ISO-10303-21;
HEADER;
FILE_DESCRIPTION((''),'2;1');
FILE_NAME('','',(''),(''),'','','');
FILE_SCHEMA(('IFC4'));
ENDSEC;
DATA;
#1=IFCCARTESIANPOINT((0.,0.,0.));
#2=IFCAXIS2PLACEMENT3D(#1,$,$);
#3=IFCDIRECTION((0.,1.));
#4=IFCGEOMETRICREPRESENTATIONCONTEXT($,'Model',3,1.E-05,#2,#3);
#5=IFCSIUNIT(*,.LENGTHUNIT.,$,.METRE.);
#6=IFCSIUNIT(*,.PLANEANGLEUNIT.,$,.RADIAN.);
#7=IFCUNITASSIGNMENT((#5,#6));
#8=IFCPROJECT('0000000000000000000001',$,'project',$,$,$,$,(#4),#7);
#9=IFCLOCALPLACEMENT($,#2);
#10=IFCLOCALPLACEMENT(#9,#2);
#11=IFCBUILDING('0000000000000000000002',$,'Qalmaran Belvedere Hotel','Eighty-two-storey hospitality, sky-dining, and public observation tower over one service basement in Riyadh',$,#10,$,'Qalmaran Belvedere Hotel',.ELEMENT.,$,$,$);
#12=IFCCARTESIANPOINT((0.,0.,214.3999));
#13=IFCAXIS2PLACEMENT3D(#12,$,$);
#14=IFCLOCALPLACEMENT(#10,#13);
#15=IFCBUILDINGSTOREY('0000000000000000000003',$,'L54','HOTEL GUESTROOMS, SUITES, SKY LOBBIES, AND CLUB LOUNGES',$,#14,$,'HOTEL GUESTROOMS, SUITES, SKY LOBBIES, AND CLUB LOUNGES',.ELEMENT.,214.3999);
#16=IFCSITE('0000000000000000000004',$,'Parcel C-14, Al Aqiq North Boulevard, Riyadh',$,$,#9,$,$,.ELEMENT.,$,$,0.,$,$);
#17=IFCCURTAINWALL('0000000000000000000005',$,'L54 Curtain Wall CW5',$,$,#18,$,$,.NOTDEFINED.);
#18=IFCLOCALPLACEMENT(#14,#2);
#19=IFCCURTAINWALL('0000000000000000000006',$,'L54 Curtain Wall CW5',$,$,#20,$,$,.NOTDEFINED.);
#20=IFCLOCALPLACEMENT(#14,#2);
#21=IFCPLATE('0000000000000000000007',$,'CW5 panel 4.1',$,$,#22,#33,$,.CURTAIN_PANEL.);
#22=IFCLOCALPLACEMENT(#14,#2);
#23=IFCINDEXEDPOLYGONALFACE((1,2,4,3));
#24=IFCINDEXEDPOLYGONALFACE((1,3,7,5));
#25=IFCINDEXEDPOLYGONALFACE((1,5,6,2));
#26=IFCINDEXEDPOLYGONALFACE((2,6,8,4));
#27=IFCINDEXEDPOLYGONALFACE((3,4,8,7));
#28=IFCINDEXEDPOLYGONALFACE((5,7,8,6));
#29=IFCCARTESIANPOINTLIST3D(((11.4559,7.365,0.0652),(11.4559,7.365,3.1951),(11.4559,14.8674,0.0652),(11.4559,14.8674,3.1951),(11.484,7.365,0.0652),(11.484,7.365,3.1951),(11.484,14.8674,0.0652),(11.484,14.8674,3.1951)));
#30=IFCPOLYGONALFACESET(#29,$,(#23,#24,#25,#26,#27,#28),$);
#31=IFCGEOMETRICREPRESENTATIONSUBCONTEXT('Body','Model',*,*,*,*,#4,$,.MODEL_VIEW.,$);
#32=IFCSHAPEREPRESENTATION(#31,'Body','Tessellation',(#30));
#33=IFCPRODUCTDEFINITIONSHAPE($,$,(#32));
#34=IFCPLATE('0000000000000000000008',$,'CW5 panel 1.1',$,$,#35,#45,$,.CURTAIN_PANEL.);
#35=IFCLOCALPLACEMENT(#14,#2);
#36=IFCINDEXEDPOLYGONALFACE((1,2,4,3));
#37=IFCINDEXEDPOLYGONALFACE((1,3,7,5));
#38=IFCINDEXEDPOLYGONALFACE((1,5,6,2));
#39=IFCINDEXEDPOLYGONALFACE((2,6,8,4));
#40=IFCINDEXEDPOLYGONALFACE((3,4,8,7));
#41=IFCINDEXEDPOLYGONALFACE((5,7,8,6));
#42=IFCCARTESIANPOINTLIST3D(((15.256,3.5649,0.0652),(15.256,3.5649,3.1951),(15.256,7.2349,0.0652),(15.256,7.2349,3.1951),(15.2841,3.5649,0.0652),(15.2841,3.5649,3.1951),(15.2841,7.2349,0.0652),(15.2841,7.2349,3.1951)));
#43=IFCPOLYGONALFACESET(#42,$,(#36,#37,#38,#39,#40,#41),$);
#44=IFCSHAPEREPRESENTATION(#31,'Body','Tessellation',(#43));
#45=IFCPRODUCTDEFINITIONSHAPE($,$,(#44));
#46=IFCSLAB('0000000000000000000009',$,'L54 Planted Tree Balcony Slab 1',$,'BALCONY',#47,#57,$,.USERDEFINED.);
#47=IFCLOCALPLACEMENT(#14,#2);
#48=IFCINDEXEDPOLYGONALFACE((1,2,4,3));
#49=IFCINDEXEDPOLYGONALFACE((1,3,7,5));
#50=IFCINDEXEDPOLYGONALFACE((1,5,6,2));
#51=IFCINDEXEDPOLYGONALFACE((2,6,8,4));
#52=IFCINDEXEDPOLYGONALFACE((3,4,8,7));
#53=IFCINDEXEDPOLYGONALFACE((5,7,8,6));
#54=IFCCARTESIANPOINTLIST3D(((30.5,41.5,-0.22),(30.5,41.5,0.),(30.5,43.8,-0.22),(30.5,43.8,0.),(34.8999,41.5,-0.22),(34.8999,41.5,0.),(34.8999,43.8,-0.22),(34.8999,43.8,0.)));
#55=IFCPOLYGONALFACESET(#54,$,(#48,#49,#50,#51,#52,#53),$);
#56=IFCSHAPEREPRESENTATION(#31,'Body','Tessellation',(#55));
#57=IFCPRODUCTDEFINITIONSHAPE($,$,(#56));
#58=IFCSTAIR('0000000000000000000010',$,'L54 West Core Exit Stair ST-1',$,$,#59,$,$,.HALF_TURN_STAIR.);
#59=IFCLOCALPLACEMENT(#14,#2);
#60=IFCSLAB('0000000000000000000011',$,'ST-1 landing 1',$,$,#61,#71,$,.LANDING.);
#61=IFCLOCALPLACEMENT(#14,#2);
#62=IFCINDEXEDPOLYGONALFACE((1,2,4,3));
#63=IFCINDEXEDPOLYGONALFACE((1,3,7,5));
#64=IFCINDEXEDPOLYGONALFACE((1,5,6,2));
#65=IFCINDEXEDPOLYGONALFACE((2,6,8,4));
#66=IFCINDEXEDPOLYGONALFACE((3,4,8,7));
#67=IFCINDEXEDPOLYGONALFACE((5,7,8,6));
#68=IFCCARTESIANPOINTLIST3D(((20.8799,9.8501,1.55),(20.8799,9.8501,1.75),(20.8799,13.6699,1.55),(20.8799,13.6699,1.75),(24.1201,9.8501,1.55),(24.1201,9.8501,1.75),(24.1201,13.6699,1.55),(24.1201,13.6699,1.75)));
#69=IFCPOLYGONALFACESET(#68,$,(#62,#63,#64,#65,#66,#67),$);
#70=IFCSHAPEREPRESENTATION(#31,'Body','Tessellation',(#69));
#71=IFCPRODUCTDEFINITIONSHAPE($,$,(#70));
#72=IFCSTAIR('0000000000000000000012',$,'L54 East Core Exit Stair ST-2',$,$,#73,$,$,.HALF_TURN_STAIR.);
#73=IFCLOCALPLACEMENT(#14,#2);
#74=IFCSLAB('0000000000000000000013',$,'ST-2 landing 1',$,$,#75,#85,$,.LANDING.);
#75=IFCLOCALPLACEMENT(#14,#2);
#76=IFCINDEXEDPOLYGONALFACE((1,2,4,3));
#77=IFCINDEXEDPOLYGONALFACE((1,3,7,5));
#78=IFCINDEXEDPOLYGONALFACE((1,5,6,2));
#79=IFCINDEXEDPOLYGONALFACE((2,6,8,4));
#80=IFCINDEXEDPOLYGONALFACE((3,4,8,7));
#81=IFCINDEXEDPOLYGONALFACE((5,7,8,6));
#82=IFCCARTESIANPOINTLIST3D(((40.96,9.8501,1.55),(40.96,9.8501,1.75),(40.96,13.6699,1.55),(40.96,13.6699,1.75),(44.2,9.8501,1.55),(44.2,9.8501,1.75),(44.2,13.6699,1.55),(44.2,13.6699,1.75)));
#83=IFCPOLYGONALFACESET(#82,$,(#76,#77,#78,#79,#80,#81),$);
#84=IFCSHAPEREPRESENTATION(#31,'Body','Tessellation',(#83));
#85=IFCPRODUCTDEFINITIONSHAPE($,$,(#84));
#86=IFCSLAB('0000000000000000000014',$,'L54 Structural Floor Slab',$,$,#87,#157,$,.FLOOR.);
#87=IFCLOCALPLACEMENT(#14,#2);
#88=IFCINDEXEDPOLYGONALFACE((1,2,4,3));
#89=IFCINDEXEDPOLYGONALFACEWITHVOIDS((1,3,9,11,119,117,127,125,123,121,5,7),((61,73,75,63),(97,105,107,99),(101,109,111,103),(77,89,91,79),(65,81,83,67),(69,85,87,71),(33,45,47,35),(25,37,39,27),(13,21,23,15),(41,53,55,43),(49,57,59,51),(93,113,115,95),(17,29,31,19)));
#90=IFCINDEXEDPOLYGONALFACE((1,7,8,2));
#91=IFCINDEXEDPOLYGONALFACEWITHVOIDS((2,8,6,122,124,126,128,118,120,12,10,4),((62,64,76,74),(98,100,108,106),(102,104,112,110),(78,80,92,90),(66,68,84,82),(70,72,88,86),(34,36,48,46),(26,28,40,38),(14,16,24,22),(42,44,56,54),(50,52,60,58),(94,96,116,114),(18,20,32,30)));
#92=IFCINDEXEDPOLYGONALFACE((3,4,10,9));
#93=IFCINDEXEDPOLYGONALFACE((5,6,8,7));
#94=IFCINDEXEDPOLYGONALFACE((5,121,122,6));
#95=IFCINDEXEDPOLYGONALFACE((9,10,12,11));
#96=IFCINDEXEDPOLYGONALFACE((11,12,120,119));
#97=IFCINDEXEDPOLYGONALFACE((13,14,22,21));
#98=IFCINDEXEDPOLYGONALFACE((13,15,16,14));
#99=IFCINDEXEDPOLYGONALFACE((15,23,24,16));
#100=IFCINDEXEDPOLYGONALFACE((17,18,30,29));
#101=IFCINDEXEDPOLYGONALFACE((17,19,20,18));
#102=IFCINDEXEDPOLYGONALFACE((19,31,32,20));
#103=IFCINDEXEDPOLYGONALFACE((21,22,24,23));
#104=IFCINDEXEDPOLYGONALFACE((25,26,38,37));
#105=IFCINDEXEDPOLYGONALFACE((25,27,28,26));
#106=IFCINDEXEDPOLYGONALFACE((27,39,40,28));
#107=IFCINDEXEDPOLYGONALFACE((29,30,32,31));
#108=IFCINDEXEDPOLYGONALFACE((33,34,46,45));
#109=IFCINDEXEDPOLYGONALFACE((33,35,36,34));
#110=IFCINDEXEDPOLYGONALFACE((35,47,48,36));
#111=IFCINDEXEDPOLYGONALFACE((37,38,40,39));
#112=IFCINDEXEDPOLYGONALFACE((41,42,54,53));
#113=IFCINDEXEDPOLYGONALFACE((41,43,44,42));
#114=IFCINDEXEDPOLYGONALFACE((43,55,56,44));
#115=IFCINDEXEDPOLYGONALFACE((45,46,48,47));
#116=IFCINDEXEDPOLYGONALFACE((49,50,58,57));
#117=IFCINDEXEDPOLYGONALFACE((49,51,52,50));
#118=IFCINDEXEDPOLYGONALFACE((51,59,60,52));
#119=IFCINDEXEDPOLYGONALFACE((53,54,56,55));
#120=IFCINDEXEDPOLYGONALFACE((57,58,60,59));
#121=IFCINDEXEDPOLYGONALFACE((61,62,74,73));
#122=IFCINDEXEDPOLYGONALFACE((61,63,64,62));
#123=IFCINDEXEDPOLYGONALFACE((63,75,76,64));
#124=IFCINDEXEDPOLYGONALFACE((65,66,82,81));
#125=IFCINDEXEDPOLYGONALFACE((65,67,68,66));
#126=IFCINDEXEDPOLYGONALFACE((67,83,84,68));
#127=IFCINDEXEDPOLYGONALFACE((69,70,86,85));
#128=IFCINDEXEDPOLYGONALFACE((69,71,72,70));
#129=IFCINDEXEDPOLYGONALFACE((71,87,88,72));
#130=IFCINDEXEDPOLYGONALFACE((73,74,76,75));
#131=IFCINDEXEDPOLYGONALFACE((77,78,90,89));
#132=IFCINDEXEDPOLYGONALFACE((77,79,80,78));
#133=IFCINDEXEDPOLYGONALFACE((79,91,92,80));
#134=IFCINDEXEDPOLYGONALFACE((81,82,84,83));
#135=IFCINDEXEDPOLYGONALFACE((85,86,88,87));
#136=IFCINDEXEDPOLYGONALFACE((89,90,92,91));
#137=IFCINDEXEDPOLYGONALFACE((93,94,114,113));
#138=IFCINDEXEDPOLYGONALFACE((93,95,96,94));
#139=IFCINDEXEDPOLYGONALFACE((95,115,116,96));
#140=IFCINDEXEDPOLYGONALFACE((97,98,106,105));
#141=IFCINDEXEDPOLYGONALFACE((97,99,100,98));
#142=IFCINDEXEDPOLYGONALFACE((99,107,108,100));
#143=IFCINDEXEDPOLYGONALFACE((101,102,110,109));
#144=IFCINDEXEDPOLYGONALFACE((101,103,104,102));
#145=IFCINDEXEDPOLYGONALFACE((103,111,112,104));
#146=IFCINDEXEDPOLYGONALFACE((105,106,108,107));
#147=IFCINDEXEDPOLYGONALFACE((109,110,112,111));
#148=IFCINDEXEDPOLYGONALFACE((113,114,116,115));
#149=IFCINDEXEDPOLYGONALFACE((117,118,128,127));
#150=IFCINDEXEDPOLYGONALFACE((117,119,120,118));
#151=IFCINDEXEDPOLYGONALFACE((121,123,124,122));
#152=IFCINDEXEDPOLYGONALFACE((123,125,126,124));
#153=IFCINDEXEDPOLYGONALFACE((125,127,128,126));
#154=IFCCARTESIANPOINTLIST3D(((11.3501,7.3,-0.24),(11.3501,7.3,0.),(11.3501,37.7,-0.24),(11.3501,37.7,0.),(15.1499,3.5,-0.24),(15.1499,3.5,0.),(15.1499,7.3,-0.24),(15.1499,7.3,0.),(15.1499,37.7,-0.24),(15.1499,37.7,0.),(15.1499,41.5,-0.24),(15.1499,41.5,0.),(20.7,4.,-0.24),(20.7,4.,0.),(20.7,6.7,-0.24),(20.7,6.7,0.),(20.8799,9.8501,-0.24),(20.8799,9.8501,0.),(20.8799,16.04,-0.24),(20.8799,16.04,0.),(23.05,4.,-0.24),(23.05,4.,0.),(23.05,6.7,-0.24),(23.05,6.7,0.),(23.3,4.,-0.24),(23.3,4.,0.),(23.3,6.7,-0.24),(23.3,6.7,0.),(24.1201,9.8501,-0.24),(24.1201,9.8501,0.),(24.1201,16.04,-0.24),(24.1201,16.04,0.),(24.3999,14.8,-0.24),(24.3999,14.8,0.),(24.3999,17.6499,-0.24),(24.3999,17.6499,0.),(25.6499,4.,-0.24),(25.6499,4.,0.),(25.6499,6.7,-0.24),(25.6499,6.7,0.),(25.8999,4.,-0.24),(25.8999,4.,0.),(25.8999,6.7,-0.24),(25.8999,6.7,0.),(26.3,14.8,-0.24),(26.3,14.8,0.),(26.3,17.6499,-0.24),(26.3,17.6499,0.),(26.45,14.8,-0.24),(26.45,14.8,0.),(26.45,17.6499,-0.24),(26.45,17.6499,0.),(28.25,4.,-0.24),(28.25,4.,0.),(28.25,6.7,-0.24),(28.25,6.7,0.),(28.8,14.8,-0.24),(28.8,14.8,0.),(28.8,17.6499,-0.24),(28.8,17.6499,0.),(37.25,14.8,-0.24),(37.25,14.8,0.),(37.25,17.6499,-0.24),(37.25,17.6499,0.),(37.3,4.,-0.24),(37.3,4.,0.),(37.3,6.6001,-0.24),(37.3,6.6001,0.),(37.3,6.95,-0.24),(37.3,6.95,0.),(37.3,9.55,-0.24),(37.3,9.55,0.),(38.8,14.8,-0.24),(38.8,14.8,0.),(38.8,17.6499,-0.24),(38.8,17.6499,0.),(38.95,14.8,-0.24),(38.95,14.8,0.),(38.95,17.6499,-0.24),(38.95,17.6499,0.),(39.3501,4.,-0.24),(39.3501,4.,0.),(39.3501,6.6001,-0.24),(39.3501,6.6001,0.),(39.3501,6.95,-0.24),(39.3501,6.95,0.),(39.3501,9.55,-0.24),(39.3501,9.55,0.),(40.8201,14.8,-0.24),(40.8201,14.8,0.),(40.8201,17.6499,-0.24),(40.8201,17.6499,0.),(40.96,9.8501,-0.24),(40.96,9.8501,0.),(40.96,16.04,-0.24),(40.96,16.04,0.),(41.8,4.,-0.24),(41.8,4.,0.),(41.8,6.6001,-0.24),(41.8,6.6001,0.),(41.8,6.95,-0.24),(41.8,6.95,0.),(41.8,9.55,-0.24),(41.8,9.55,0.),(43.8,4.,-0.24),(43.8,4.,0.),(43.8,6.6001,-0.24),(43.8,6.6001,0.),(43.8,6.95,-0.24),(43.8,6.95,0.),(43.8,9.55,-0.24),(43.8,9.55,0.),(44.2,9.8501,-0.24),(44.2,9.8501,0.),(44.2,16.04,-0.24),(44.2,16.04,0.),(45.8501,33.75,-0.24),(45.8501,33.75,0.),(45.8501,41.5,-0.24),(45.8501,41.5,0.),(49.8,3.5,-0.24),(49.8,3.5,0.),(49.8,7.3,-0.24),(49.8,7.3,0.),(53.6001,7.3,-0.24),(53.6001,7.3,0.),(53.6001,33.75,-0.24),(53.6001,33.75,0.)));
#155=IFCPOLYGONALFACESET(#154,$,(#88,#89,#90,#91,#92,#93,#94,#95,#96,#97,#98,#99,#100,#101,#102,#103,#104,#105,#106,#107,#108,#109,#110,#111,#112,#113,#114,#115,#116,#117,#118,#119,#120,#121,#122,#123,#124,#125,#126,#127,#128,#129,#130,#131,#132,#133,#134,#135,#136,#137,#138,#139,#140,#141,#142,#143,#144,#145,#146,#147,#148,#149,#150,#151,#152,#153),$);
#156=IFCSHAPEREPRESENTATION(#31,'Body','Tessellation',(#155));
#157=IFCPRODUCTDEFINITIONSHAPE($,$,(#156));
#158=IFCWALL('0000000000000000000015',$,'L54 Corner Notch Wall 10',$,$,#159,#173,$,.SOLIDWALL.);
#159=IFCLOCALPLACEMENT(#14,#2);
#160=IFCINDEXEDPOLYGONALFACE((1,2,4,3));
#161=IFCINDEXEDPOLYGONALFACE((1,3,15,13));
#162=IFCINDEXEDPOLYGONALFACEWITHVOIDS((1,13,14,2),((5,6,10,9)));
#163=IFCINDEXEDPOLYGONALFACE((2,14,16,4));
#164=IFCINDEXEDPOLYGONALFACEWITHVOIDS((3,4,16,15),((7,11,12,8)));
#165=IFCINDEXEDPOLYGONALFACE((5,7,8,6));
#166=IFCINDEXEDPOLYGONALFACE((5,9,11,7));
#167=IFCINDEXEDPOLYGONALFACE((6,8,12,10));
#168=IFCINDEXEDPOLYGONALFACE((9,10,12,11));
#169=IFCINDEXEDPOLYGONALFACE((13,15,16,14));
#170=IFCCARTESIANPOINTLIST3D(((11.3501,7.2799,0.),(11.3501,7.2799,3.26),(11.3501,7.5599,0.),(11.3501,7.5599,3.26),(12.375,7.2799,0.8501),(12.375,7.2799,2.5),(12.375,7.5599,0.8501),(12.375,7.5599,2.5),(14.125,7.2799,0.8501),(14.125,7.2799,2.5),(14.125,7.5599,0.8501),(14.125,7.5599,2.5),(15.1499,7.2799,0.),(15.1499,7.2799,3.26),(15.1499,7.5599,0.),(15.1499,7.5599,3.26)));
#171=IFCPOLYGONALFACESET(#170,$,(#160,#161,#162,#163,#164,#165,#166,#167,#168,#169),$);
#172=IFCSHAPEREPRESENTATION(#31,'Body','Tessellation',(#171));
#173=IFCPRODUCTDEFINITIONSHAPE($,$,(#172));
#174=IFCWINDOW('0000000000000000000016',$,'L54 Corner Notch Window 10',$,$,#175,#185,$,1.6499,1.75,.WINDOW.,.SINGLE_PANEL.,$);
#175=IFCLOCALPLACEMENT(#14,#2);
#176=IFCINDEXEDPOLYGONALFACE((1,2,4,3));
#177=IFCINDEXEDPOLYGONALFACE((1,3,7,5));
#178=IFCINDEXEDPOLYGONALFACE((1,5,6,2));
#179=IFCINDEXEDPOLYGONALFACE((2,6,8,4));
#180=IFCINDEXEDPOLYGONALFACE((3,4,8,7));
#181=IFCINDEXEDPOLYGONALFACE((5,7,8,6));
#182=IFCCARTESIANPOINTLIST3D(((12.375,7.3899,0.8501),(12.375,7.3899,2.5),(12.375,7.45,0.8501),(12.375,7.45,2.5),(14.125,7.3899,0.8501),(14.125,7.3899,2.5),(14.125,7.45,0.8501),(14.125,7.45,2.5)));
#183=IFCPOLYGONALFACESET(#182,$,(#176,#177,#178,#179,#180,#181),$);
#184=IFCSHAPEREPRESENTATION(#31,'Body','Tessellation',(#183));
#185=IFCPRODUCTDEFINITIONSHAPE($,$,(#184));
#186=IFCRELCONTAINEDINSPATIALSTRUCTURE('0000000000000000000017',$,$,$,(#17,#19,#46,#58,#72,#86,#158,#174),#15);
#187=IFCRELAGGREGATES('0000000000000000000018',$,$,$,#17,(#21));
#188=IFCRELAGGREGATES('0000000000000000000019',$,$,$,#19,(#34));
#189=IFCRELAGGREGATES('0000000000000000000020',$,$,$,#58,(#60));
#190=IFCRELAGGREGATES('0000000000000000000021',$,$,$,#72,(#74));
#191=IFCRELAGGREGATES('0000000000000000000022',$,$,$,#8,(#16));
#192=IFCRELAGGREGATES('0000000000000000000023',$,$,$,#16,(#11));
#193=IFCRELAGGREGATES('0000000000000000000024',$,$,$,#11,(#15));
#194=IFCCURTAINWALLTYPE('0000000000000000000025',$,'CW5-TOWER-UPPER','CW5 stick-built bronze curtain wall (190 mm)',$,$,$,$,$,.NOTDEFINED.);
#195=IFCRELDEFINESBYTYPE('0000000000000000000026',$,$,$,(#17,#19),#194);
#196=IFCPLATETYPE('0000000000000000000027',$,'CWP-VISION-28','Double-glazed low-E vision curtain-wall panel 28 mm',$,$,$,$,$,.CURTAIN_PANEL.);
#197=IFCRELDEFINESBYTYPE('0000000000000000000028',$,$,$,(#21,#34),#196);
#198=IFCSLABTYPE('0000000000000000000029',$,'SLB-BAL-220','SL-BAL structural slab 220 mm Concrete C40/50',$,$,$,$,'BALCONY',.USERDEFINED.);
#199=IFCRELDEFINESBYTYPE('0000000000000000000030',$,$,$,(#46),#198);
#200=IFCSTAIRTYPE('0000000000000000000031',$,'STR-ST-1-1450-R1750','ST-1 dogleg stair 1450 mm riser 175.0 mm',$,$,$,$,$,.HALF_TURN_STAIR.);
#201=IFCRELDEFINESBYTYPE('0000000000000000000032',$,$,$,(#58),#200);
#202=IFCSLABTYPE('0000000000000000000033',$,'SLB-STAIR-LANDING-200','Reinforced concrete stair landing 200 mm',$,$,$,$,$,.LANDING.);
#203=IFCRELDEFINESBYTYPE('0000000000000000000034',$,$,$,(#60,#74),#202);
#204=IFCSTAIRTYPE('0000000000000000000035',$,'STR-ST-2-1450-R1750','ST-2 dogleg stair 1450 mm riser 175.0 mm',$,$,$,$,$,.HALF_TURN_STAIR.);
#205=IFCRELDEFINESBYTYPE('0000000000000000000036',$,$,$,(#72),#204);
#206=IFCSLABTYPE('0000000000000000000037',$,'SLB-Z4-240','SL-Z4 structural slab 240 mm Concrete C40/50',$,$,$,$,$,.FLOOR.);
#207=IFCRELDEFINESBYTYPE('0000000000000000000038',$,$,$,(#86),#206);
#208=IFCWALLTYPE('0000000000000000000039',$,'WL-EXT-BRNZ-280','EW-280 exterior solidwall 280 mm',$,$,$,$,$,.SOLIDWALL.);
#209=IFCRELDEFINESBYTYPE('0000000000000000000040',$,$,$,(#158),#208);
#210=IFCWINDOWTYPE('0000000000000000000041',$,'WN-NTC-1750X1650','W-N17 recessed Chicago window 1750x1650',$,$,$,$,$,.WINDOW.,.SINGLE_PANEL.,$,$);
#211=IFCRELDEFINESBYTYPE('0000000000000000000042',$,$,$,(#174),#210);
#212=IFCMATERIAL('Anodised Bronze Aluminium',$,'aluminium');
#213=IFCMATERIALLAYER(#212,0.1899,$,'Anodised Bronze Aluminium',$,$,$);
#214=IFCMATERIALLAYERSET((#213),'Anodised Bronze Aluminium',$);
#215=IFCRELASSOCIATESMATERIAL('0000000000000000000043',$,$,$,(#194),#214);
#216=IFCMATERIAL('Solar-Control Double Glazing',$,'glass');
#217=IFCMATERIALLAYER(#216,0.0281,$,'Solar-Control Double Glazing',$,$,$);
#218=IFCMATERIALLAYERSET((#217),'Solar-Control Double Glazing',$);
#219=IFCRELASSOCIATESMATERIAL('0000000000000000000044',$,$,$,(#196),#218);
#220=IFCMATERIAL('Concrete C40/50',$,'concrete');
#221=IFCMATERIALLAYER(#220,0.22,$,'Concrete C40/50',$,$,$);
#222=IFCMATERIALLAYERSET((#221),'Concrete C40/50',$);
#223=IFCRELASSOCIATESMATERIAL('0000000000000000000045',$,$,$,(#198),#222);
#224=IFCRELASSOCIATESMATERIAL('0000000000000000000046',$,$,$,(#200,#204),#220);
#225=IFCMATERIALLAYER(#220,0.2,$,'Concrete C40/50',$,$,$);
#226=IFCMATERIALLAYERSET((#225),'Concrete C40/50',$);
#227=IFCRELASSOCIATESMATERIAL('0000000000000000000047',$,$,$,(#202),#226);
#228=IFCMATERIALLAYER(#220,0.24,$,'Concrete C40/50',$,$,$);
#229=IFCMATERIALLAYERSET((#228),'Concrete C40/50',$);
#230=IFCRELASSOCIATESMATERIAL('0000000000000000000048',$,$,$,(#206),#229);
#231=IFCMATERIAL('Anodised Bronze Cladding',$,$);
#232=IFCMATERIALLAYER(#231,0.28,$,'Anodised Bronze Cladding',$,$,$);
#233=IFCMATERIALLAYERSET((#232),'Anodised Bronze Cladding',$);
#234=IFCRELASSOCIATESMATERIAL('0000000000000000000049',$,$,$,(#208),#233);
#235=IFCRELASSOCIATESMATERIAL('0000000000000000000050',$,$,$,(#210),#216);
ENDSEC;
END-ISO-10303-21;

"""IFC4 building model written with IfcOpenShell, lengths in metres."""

from ifc_helpers import new_model, si_unit, direction, frame, frame_2d, origin, origin_2d, place, context, subcontext, project, spatial, polyline, rectangle, outline, extrude, material, layer, layer_set, type_object, element, fill, aggregate, save


model = new_model("IFC4")

# Units and contexts
model_context = context("Model", 3, precision=1e-05, world=origin(), true_north=direction((0.0, 1.0)))
body_context = subcontext(model_context, "Body", "Model", "MODEL_VIEW")
ifc_project = project(units=[si_unit("LENGTHUNIT", "METRE"), si_unit("PLANEANGLEUNIT", "RADIAN")], contexts=[model_context])

# Site, building, storey
site_placement = place(None, origin())
site = spatial("IfcSite", under=ifc_project, at=site_placement, Name="Parcel C-14, Al Aqiq North Boulevard, Riyadh", CompositionType="ELEMENT", RefElevation=0.0)
building_placement = place(site_placement, origin())
building = spatial("IfcBuilding", under=site, at=building_placement, Name="Qalmaran Belvedere Hotel", Description="Eighty-two-storey hospitality, sky-dining, and public observation tower over one service basement in Riyadh", LongName="Qalmaran Belvedere Hotel", CompositionType="ELEMENT")
storey_placement = place(building_placement, frame((0.0, 0.0, 214.3999)))
storey = spatial("IfcBuildingStorey", under=building, at=storey_placement, Name="L54", Description="HOTEL GUESTROOMS, SUITES, SKY LOBBIES, AND CLUB LOUNGES", LongName="HOTEL GUESTROOMS, SUITES, SKY LOBBIES, AND CLUB LOUNGES", CompositionType="ELEMENT", Elevation=214.3999)

# Shared definitions
ifc_material_1 = material(Name="Anodised Bronze Aluminium", Category="aluminium")
ifc_layer_1 = layer(ifc_material_1, 0.1899, Name="Anodised Bronze Aluminium")
ifc_layer_set_1 = layer_set([ifc_layer_1], Name="Anodised Bronze Aluminium")
curtain_wall_type = type_object("IfcCurtainWallType", Name="CW5-TOWER-UPPER", Description="CW5 stick-built bronze curtain wall (190 mm)", PredefinedType="NOTDEFINED", material=ifc_layer_set_1)

# Curtain wall
curtain_wall_1_placement = place(storey_placement, origin())
curtain_wall_1 = element("IfcCurtainWall", 1, at=curtain_wall_1_placement, inside=storey, type_object=curtain_wall_type, Name="L54 Curtain Wall CW5", PredefinedType="NOTDEFINED")

# Curtain wall
curtain_wall_2_placement = place(storey_placement, origin())
curtain_wall_2 = element("IfcCurtainWall", 2, at=curtain_wall_2_placement, inside=storey, type_object=curtain_wall_type, Name="L54 Curtain Wall CW5", PredefinedType="NOTDEFINED")

# Plates
ifc_material_2 = material(Name="Solar-Control Double Glazing", Category="glass")
ifc_layer_2 = layer(ifc_material_2, 0.0281, Name="Solar-Control Double Glazing")
ifc_layer_set_2 = layer_set([ifc_layer_2], Name="Solar-Control Double Glazing")
plate_type = type_object("IfcPlateType", Name="CWP-VISION-28", Description="Double-glazed low-E vision curtain-wall panel 28 mm", PredefinedType="CURTAIN_PANEL", material=ifc_layer_set_2)
plate_1_placement = place(storey_placement, frame((11.47, 11.1162, 0.0652), z_axis=(0.0, 0.0, 1.0), x_axis=(0.0, -1.0, 0.0)))
plate_1 = element("IfcPlate", 3, at=plate_1_placement, type_object=plate_type, Name="CW5 panel 4.1", PredefinedType="CURTAIN_PANEL", context=body_context, shape_type="SweptSolid", body=[
    extrude(rectangle(XDim=7.5024, YDim=0.0281, at=origin_2d()), origin(), (0.0, 0.0, 1.0), 3.1299),
])
aggregate(curtain_wall_1, [plate_1])
plate_2_placement = place(storey_placement, frame((15.27, 5.3999, 0.0652), z_axis=(0.0, 0.0, 1.0), x_axis=(0.0, -1.0, 0.0)))
plate_2 = element("IfcPlate", 4, at=plate_2_placement, type_object=plate_type, Name="CW5 panel 1.1", PredefinedType="CURTAIN_PANEL", context=body_context, shape_type="SweptSolid", body=[
    extrude(rectangle(XDim=3.6699, YDim=0.0281, at=origin_2d()), origin(), (0.0, 0.0, 1.0), 3.1299),
])
aggregate(curtain_wall_2, [plate_2])

# Slab
ifc_material_3 = material(Name="Concrete C40/50", Category="concrete")
ifc_layer_3 = layer(ifc_material_3, 0.22, Name="Concrete C40/50")
ifc_layer_set_3 = layer_set([ifc_layer_3], Name="Concrete C40/50")
slab_type_1 = type_object("IfcSlabType", Name="SLB-BAL-220", Description="SL-BAL structural slab 220 mm Concrete C40/50", ElementType="BALCONY", PredefinedType="USERDEFINED", material=ifc_layer_set_3)
slab_1_placement = place(storey_placement, frame((0.0, 0.0, -0.22)))
element("IfcSlab", 5, at=slab_1_placement, inside=storey, type_object=slab_type_1, Name="L54 Planted Tree Balcony Slab 1", ObjectType="BALCONY", PredefinedType="USERDEFINED", context=body_context, shape_type="SweptSolid", body=[
    extrude(outline(polyline([(30.5, 41.5), (34.8999, 41.5), (34.8999, 43.8), (30.5, 43.8), (30.5, 41.5)])), origin(), (0.0, 0.0, 1.0), 0.22),
])

# Stairs, slabs
stair_type_1 = type_object("IfcStairType", Name="STR-ST-1-1450-R1750", Description="ST-1 dogleg stair 1450 mm riser 175.0 mm", PredefinedType="HALF_TURN_STAIR", material=ifc_material_3)
stair_1_placement = place(storey_placement, origin())
stair_1 = element("IfcStair", 6, at=stair_1_placement, inside=storey, type_object=stair_type_1, Name="L54 West Core Exit Stair ST-1", PredefinedType="HALF_TURN_STAIR")
ifc_layer_4 = layer(ifc_material_3, 0.2, Name="Concrete C40/50")
ifc_layer_set_4 = layer_set([ifc_layer_4], Name="Concrete C40/50")
slab_type_2 = type_object("IfcSlabType", Name="SLB-STAIR-LANDING-200", Description="Reinforced concrete stair landing 200 mm", PredefinedType="LANDING", material=ifc_layer_set_4)
slab_2_placement = place(storey_placement, frame((0.0, 0.0, 1.55)))
slab_2 = element("IfcSlab", 7, at=slab_2_placement, type_object=slab_type_2, Name="ST-1 landing 1", PredefinedType="LANDING", context=body_context, shape_type="SweptSolid", body=[
    extrude(outline(polyline([(20.8799, 13.6699), (20.8799, 9.8501), (24.1201, 9.8501), (24.1201, 13.6699), (20.8799, 13.6699)])), origin(), (0.0, 0.0, 1.0), 0.2),
])
aggregate(stair_1, [slab_2])
stair_type_2 = type_object("IfcStairType", Name="STR-ST-2-1450-R1750", Description="ST-2 dogleg stair 1450 mm riser 175.0 mm", PredefinedType="HALF_TURN_STAIR", material=ifc_material_3)
stair_2_placement = place(storey_placement, origin())
stair_2 = element("IfcStair", 8, at=stair_2_placement, inside=storey, type_object=stair_type_2, Name="L54 East Core Exit Stair ST-2", PredefinedType="HALF_TURN_STAIR")
slab_3_placement = place(storey_placement, frame((0.0, 0.0, 1.55)))
slab_3 = element("IfcSlab", 9, at=slab_3_placement, type_object=slab_type_2, Name="ST-2 landing 1", PredefinedType="LANDING", context=body_context, shape_type="SweptSolid", body=[
    extrude(outline(polyline([(40.96, 13.6699), (40.96, 9.8501), (44.2, 9.8501), (44.2, 13.6699), (40.96, 13.6699)])), origin(), (0.0, 0.0, 1.0), 0.2),
])
aggregate(stair_2, [slab_3])

# Slab
ifc_layer_5 = layer(ifc_material_3, 0.24, Name="Concrete C40/50")
ifc_layer_set_5 = layer_set([ifc_layer_5], Name="Concrete C40/50")
slab_type_3 = type_object("IfcSlabType", Name="SLB-Z4-240", Description="SL-Z4 structural slab 240 mm Concrete C40/50", PredefinedType="FLOOR", material=ifc_layer_set_5)
slab_4_placement = place(storey_placement, frame((0.0, 0.0, -0.24)))
element("IfcSlab", 10, at=slab_4_placement, inside=storey, type_object=slab_type_3, Name="L54 Structural Floor Slab", PredefinedType="FLOOR", context=body_context, shape_type="SweptSolid", body=[
    extrude(outline(polyline([(15.1499, 3.5), (49.8, 3.5), (49.8, 7.3), (53.6001, 7.3), (53.6001, 33.75), (45.8501, 33.75), (45.8501, 41.5), (15.1499, 41.5), (15.1499, 37.7), (11.3501, 37.7), (11.3501, 7.3), (15.1499, 7.3), (15.1499, 3.5)]), holes=[polyline([(20.8799, 9.8501), (24.1201, 9.8501), (24.1201, 16.04), (20.8799, 16.04), (20.8799, 9.8501)]), polyline([(40.96, 9.8501), (44.2, 9.8501), (44.2, 16.04), (40.96, 16.04), (40.96, 9.8501)]), polyline([(37.3, 4.0), (39.3501, 4.0), (39.3501, 6.6001), (37.3, 6.6001), (37.3, 4.0)]), polyline([(37.3, 6.95), (39.3501, 6.95), (39.3501, 9.55), (37.3, 9.55), (37.3, 6.95)]), polyline([(41.8, 4.0), (43.8, 4.0), (43.8, 6.6001), (41.8, 6.6001), (41.8, 4.0)]), polyline([(41.8, 6.95), (43.8, 6.95), (43.8, 9.55), (41.8, 9.55), (41.8, 6.95)]), polyline([(20.7, 4.0), (23.05, 4.0), (23.05, 6.7), (20.7, 6.7), (20.7, 4.0)]), polyline([(23.3, 4.0), (25.6499, 4.0), (25.6499, 6.7), (23.3, 6.7), (23.3, 4.0)]), polyline([(25.8999, 4.0), (28.25, 4.0), (28.25, 6.7), (25.8999, 6.7), (25.8999, 4.0)]), polyline([(24.3999, 14.8), (26.3, 14.8), (26.3, 17.6499), (24.3999, 17.6499), (24.3999, 14.8)]), polyline([(38.95, 14.8), (40.8201, 14.8), (40.8201, 17.6499), (38.95, 17.6499), (38.95, 14.8)]), polyline([(26.45, 14.8), (28.8, 14.8), (28.8, 17.6499), (26.45, 17.6499), (26.45, 14.8)]), polyline([(37.25, 14.8), (38.8, 14.8), (38.8, 17.6499), (37.25, 17.6499), (37.25, 14.8)])]), origin(), (0.0, 0.0, 1.0), 0.24),
])

# Wall, opening, window
ifc_material_4 = material(Name="Anodised Bronze Cladding")
ifc_layer_6 = layer(ifc_material_4, 0.28, Name="Anodised Bronze Cladding")
ifc_layer_set_6 = layer_set([ifc_layer_6], Name="Anodised Bronze Cladding")
wall_type_1 = type_object("IfcWallType", Name="WL-EXT-BRNZ-280", Description="EW-280 exterior solidwall 280 mm", PredefinedType="SOLIDWALL", material=ifc_layer_set_6)
wall_1_placement = place(storey_placement, frame((11.3501, 7.4199, 0.0), z_axis=(0.0, 0.0, 1.0), x_axis=(1.0, 0.0, 0.0)))
wall_1 = element("IfcWall", 11, at=wall_1_placement, inside=storey, type_object=wall_type_1, Name="L54 Corner Notch Wall 10", PredefinedType="SOLIDWALL", context=body_context, shape_type="SweptSolid", body=[
    extrude(rectangle(XDim=3.7998, YDim=0.28, at=frame_2d((1.8999, 0.0))), origin(), (0.0, 0.0, 1.0), 3.26),
])
opening_1_placement = place(wall_1_placement, frame((1.0249, 0.0, 0.8501)))
opening_1 = element("IfcOpeningElement", 12, at=opening_1_placement, cuts=wall_1, PredefinedType="OPENING", context=body_context, shape_type="SweptSolid", body=[
    extrude(rectangle(XDim=1.75, YDim=1.6499, at=frame_2d((0.875, 0.825))), frame((0.0, 0.1499, 0.0), z_axis=(0.0, -1.0, 0.0), x_axis=(1.0, 0.0, 0.0)), (0.0, 0.0, 1.0), 0.3),
])
window_type = type_object("IfcWindowType", Name="WN-NTC-1750X1650", Description="W-N17 recessed Chicago window 1750x1650", PartitioningType="SINGLE_PANEL", PredefinedType="WINDOW", material=ifc_material_2)
window_placement = place(opening_1_placement, origin())
window = element("IfcWindow", 13, at=window_placement, inside=storey, type_object=window_type, Name="L54 Corner Notch Window 10", OverallHeight=1.6499, OverallWidth=1.75, PartitioningType="SINGLE_PANEL", PredefinedType="WINDOW", context=body_context, shape_type="SweptSolid", body=[
    extrude(rectangle(XDim=1.75, YDim=1.6499, at=frame_2d((0.875, 0.825))), frame((0.0, 0.03, 0.0), z_axis=(0.0, -1.0, 0.0), x_axis=(1.0, 0.0, 0.0)), (0.0, 0.0, 1.0), 0.0601),
])
fill(opening_1, window)

save(model, "model.ifc")
